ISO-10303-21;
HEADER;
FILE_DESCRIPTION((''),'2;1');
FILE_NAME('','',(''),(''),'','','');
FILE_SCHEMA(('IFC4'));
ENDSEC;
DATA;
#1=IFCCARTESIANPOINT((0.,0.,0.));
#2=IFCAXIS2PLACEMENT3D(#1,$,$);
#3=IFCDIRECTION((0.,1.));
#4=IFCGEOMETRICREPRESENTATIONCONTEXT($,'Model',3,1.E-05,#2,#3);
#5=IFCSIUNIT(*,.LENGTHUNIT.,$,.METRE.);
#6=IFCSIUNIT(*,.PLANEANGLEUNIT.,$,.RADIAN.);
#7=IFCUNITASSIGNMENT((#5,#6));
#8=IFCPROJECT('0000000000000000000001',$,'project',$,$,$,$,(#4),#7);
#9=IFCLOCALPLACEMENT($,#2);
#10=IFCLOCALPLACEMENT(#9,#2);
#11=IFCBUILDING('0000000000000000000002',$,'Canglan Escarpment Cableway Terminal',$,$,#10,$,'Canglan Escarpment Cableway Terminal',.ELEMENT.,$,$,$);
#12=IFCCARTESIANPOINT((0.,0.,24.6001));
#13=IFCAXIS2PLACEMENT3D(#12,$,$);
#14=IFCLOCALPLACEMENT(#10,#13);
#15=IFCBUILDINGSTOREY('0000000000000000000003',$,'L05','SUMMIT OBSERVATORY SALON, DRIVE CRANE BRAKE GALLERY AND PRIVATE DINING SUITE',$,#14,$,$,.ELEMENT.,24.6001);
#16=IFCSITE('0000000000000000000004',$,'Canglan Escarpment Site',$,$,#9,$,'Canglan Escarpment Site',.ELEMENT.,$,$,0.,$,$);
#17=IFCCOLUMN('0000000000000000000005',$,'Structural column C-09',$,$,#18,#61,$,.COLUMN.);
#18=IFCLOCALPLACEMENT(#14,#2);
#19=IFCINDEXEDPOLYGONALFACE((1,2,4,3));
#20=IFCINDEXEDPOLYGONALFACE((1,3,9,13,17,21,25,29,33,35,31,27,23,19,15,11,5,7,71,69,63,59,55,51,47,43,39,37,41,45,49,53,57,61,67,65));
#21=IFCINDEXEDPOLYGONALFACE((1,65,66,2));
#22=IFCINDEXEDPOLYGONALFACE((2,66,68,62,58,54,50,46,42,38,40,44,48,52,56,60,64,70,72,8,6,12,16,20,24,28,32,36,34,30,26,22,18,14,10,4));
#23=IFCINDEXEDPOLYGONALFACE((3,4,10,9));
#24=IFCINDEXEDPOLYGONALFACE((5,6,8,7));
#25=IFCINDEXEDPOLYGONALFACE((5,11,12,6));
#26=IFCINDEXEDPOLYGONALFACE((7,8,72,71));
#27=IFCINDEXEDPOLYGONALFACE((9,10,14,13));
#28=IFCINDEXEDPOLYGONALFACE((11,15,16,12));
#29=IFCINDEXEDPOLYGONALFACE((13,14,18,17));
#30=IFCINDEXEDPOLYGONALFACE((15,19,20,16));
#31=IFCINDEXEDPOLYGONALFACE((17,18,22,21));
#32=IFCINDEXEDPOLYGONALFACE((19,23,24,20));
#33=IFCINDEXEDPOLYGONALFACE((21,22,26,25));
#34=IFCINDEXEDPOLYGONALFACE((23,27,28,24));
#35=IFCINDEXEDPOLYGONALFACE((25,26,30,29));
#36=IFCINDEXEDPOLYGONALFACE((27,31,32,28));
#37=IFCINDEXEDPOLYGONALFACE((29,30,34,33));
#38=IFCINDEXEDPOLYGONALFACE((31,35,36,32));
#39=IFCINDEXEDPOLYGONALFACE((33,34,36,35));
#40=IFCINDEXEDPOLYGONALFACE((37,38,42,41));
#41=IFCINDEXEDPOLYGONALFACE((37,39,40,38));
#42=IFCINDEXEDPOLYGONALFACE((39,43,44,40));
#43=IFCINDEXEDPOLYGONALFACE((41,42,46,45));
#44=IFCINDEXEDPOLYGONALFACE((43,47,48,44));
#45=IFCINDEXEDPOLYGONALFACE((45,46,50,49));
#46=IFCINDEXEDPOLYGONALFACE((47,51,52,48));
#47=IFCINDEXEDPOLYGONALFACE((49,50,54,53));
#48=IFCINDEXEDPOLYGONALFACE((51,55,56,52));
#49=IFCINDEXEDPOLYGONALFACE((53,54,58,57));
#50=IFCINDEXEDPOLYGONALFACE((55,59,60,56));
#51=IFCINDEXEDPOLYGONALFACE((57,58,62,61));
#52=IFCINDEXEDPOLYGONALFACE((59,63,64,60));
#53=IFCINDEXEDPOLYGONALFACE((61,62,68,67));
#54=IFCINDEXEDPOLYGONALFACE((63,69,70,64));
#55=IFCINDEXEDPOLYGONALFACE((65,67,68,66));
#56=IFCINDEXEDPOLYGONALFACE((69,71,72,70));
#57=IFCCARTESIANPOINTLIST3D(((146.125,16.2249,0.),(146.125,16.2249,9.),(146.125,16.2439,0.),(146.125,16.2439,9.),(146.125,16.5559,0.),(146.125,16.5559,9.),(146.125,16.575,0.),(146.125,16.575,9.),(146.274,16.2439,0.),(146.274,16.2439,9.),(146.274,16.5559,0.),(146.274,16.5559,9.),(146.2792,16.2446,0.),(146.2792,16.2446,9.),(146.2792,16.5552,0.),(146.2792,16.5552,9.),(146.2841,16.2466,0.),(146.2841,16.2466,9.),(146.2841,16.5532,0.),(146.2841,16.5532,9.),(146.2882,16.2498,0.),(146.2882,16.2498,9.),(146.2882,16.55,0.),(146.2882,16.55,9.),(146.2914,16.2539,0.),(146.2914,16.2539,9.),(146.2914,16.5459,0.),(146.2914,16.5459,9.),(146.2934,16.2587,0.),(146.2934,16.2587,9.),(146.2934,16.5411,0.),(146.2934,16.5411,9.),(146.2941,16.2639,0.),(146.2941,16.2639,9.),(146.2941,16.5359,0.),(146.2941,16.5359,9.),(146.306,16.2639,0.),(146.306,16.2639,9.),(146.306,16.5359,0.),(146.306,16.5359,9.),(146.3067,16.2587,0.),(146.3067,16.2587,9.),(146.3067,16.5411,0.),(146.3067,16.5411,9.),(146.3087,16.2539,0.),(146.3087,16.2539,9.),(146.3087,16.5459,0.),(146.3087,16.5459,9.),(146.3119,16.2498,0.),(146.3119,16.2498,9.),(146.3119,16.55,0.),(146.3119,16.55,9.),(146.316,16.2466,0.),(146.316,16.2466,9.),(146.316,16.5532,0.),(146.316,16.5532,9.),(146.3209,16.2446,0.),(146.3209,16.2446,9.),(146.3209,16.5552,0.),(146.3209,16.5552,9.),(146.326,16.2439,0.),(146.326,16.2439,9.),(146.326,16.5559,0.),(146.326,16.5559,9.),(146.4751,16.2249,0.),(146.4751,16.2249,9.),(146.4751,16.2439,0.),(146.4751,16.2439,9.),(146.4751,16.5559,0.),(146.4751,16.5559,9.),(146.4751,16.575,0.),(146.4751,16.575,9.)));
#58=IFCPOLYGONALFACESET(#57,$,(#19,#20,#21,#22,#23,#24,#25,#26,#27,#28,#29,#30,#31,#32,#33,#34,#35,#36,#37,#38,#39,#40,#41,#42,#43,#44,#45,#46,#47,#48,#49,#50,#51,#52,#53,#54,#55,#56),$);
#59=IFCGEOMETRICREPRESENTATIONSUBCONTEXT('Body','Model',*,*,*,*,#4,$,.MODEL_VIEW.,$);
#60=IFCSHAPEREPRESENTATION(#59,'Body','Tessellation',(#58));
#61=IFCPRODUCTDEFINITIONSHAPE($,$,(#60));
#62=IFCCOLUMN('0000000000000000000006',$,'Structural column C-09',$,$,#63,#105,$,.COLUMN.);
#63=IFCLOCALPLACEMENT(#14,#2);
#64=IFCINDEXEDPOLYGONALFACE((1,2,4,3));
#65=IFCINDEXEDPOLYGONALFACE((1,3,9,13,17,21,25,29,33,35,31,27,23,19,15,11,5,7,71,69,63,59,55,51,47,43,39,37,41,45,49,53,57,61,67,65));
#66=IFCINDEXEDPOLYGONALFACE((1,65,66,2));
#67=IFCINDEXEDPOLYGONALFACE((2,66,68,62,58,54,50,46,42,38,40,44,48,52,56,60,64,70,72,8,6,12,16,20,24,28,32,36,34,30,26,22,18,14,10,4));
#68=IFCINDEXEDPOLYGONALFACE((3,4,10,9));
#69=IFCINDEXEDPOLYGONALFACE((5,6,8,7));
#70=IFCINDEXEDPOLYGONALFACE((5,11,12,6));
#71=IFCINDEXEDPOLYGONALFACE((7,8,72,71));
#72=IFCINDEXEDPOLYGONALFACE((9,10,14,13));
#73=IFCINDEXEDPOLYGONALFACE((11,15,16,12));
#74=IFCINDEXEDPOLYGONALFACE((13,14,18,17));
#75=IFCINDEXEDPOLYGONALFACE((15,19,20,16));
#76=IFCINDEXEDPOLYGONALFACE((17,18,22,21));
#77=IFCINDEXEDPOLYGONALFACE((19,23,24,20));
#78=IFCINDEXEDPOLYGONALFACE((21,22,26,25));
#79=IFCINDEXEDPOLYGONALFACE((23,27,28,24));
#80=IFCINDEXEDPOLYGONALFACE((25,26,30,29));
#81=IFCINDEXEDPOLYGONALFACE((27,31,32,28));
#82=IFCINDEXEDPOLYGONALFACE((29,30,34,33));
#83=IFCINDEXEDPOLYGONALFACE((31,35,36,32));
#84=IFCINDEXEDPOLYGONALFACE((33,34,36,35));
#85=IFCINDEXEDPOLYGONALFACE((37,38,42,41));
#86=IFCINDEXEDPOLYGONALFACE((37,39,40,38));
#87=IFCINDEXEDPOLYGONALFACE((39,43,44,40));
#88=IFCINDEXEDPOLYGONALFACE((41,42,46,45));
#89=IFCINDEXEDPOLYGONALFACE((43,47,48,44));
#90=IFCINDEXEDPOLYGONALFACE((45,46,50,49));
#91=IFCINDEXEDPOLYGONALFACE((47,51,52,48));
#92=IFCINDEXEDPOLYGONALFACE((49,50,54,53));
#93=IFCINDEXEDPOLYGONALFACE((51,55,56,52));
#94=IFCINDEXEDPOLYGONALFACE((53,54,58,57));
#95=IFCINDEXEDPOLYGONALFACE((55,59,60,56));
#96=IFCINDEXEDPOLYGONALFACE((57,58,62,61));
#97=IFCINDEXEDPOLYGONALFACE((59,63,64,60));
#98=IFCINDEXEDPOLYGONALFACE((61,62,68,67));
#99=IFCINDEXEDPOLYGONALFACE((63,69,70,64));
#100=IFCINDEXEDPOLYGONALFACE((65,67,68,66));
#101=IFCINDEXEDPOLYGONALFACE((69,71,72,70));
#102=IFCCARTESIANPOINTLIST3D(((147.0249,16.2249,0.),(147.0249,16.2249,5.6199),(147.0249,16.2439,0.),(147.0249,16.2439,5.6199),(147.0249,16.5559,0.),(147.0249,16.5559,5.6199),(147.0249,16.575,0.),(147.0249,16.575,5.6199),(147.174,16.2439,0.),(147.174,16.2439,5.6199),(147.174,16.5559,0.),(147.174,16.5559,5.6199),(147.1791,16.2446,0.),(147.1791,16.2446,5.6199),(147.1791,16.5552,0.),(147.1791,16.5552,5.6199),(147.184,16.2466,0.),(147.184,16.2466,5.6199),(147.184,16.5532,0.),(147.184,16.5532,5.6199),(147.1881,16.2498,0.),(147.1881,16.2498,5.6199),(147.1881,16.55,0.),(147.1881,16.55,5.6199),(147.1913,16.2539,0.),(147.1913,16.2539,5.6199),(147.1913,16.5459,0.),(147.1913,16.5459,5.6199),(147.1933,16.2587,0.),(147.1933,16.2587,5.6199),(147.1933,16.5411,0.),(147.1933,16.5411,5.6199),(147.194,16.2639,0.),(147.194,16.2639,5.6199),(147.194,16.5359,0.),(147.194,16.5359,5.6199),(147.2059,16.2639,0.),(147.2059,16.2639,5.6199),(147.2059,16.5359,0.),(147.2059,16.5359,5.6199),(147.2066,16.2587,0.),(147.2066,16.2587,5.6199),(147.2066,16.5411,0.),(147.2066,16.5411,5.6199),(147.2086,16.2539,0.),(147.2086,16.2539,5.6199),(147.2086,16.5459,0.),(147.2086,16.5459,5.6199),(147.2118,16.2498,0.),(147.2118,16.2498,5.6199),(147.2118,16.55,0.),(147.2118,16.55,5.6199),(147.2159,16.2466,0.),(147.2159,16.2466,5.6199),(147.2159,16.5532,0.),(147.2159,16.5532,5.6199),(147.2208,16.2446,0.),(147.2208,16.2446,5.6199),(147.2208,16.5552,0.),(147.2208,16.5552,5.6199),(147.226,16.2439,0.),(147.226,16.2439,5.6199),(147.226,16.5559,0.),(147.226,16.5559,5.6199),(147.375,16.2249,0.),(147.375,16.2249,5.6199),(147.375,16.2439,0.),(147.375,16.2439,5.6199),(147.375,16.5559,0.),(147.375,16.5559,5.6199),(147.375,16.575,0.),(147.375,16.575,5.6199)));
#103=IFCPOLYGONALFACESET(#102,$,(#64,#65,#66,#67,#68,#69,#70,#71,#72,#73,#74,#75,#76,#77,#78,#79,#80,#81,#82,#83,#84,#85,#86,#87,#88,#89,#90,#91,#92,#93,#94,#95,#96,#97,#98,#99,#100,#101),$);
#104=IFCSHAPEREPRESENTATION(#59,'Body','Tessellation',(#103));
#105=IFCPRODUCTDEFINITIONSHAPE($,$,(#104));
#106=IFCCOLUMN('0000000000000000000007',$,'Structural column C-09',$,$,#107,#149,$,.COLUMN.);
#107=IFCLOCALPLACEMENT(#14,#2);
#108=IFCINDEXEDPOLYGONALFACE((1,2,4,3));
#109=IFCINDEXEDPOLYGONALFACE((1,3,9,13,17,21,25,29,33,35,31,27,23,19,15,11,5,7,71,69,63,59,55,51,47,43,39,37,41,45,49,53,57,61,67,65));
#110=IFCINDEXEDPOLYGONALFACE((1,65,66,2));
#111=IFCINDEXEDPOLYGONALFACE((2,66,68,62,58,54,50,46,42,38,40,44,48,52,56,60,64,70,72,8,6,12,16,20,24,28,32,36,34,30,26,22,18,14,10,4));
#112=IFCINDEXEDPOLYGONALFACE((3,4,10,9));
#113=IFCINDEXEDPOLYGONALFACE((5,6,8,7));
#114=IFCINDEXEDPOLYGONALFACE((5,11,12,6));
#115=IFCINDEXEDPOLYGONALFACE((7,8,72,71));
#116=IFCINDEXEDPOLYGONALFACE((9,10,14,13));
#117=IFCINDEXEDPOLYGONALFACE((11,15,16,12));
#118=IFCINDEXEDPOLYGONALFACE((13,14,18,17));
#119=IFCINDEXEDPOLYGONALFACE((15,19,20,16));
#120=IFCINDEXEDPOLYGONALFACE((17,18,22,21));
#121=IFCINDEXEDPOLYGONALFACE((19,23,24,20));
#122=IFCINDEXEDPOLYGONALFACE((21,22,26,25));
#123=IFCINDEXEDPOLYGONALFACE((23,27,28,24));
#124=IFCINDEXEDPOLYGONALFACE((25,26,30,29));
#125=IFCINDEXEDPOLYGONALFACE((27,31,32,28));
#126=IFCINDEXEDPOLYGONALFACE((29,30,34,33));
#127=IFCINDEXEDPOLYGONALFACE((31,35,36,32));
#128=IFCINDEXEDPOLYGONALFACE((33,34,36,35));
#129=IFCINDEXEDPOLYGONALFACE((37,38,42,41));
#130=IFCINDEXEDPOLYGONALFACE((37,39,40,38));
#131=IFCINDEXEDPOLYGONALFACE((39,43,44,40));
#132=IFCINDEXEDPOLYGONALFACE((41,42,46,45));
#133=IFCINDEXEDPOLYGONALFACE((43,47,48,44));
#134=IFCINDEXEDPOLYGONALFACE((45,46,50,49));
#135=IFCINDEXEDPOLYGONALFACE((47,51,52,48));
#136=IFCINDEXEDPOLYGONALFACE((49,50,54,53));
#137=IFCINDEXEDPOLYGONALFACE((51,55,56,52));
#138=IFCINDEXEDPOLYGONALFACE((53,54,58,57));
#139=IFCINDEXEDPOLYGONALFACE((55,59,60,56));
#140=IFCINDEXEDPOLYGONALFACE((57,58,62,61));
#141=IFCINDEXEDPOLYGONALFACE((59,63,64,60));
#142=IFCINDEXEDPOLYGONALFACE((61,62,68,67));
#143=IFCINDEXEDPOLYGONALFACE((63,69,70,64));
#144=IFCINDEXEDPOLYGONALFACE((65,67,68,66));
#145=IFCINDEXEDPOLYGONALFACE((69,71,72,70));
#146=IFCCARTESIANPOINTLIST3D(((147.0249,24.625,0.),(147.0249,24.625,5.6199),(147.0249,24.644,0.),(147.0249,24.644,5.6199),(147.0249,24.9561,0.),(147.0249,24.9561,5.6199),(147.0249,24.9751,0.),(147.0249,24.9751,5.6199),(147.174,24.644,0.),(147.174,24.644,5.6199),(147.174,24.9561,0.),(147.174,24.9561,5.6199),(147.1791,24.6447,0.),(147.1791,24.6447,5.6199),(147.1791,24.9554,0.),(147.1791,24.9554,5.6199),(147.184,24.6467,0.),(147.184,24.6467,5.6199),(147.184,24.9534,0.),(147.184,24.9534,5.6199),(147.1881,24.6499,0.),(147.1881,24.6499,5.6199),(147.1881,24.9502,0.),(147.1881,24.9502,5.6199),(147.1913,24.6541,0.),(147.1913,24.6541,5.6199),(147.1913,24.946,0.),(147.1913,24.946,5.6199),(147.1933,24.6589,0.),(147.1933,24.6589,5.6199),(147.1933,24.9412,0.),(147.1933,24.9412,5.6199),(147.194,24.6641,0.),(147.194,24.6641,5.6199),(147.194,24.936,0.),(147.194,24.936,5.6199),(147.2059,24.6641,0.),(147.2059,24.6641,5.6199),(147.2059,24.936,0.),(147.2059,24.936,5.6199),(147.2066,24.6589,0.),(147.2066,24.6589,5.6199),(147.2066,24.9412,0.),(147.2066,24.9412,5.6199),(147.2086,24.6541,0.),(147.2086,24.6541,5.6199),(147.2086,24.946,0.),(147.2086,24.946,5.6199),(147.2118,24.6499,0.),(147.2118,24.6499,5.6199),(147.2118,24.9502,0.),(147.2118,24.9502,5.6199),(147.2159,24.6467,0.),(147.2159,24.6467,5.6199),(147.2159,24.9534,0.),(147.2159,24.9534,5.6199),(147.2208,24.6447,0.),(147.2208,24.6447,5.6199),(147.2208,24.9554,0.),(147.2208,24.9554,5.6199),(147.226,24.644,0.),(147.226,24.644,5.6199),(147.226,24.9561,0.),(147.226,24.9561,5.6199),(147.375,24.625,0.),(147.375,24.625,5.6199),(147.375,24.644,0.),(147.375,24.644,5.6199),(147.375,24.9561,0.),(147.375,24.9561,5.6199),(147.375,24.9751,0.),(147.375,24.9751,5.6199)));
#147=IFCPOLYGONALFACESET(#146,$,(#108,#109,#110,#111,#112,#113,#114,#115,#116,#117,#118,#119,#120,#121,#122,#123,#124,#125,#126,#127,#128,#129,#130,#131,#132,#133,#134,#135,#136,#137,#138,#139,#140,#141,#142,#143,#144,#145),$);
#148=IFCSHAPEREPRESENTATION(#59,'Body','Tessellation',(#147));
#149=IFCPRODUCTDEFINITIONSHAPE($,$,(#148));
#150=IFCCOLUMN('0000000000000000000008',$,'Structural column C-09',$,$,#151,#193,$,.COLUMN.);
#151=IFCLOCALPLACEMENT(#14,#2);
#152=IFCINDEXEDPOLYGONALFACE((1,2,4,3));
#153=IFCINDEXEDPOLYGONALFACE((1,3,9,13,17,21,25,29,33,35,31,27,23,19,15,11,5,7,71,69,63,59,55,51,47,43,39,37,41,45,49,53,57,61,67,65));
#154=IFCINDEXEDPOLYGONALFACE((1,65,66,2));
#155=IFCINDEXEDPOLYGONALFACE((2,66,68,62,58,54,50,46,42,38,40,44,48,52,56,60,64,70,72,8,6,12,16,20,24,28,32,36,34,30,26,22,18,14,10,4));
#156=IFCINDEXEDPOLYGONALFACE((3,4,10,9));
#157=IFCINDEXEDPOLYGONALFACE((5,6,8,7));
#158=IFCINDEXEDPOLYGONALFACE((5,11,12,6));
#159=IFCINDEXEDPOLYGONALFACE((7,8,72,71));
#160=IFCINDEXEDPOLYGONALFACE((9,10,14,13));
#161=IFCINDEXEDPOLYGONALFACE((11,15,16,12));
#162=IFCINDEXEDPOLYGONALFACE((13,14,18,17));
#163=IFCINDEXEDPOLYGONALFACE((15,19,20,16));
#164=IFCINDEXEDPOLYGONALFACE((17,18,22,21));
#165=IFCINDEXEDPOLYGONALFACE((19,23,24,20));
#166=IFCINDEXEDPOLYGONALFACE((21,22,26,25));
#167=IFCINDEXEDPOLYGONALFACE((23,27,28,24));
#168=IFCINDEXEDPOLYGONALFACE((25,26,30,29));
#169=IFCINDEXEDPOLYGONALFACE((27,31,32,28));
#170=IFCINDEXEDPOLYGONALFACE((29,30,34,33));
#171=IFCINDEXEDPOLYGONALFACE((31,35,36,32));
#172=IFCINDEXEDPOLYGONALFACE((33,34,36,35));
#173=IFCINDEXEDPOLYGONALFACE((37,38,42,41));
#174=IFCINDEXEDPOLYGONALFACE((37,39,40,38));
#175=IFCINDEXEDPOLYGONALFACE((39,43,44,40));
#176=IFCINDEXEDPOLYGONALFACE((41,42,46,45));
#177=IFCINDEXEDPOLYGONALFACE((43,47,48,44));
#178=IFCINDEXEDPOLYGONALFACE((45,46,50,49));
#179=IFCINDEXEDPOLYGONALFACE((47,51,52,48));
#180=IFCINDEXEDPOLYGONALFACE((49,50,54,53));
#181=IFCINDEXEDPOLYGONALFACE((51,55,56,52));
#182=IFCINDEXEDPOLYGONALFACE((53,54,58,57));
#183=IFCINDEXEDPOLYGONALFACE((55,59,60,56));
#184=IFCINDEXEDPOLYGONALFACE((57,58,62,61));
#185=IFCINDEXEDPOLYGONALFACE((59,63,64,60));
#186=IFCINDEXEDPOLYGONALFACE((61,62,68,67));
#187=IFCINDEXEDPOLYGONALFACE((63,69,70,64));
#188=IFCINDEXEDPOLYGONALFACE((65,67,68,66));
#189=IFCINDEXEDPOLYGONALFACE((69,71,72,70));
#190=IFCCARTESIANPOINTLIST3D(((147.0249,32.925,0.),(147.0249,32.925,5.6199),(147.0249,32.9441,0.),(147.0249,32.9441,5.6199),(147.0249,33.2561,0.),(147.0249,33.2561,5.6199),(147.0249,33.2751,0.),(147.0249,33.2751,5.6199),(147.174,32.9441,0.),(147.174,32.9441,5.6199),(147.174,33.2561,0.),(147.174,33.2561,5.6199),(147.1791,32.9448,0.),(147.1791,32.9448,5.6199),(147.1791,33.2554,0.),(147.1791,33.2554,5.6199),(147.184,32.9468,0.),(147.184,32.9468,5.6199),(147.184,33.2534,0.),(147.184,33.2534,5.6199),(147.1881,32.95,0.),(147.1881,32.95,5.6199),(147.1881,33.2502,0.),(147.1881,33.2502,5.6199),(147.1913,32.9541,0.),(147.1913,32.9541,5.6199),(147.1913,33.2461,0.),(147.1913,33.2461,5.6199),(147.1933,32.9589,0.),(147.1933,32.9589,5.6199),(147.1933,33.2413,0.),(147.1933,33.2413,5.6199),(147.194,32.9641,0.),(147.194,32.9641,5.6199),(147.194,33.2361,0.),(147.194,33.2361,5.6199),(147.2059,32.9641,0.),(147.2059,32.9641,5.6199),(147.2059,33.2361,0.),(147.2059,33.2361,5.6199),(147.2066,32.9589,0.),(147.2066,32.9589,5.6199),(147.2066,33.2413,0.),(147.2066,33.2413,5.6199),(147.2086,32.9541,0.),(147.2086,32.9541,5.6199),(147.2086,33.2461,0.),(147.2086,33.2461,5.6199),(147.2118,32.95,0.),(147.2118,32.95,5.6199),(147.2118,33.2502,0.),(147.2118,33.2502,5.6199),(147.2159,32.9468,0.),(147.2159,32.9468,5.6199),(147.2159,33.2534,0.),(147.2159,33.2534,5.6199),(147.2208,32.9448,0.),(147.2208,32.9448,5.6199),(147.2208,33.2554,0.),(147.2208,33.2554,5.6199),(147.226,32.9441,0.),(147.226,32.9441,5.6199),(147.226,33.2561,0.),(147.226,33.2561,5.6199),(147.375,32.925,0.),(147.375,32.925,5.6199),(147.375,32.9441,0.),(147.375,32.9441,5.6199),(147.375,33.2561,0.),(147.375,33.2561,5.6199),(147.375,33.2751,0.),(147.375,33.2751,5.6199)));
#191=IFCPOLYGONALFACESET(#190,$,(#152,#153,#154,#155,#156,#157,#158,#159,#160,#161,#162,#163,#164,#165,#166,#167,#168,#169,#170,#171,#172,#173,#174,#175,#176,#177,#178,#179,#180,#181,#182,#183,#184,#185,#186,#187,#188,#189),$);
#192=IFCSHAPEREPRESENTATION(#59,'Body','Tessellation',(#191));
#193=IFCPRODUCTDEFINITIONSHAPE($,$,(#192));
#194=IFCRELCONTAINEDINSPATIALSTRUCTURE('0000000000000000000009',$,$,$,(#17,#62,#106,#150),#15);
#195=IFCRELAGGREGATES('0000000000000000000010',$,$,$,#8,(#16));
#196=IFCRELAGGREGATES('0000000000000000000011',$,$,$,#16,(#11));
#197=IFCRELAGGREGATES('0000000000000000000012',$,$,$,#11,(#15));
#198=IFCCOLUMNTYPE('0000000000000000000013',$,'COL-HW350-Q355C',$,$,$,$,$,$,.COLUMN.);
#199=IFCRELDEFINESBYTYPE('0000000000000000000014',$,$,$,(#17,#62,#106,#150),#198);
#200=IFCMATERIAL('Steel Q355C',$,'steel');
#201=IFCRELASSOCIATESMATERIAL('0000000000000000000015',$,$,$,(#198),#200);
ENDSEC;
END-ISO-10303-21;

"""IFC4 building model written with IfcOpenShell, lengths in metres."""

from ifc_helpers import new_model, si_unit, direction, frame, origin, origin_2d, place, context, subcontext, project, spatial, i_section, extrude, material, material_profile, profile_set, type_object, element, save


model = new_model("IFC4")

# Units and contexts
model_context = context("Model", 3, precision=1e-05, world=origin(), true_north=direction((0.0, 1.0)))
body_context = subcontext(model_context, "Body", "Model", "MODEL_VIEW")
ifc_project = project(units=[si_unit("LENGTHUNIT", "METRE"), si_unit("PLANEANGLEUNIT", "RADIAN")], contexts=[model_context])

# Site, building, storey
site_placement = place(None, origin())
site = spatial("IfcSite", under=ifc_project, at=site_placement, Name="Canglan Escarpment Site", LongName="Canglan Escarpment Site", CompositionType="ELEMENT", RefElevation=0.0)
building_placement = place(site_placement, origin())
building = spatial("IfcBuilding", under=site, at=building_placement, Name="Canglan Escarpment Cableway Terminal", LongName="Canglan Escarpment Cableway Terminal", CompositionType="ELEMENT")
storey_placement = place(building_placement, frame((0.0, 0.0, 24.6001)))
storey = spatial("IfcBuildingStorey", under=building, at=storey_placement, Name="L05", Description="SUMMIT OBSERVATORY SALON, DRIVE CRANE BRAKE GALLERY AND PRIVATE DINING SUITE", CompositionType="ELEMENT", Elevation=24.6001)

# Columns
ifc_material_1 = material(Name="Steel Q355C", Category="steel")
ifc_material_profile_1 = material_profile(ifc_material_1, i_section(OverallWidth=0.3501, OverallDepth=0.3501, WebThickness=0.012, FlangeThickness=0.019, FilletRadius=0.02, at=origin_2d()), Name="HW 350x350x12x19")
ifc_profile_set_1 = profile_set([ifc_material_profile_1], Name="Steel Q355C")
column_type = type_object("IfcColumnType", Name="COL-HW350-Q355C", PredefinedType="COLUMN", material=ifc_profile_set_1)
column_placement = place(storey_placement, frame((146.3, 16.3999, 0.0), z_axis=(0.0, 0.0, 1.0), x_axis=(1.0, 0.0, 0.0)))
element("IfcColumn", 1, at=column_placement, inside=storey, type_object=column_type, Name="Structural column C-09", PredefinedType="COLUMN", context=body_context, shape_type="SweptSolid", body=[
    extrude(i_section(OverallWidth=0.3501, OverallDepth=0.3501, WebThickness=0.012, FlangeThickness=0.019, FilletRadius=0.02, at=origin_2d()), origin(), (0.0, 0.0, 1.0), 9.0),
])
for number, where, z_axis, x_axis, name in (
    (2, (147.2, 16.3999, 0.0), (0.0, 0.0, 1.0), (1.0, 0.0, 0.0), "Structural column C-09"),
    (3, (147.2, 24.8, 0.0), (0.0, 0.0, 1.0), (1.0, 0.0, 0.0), "Structural column C-09"),
    (4, (147.2, 33.1001, 0.0), (0.0, 0.0, 1.0), (1.0, 0.0, 0.0), "Structural column C-09"),
):
    element("IfcColumn", number, at=place(storey_placement, frame(where, z_axis=z_axis, x_axis=x_axis)), inside=storey, type_object=column_type, Name=name, PredefinedType="COLUMN", context=body_context, shape_type="SweptSolid", body=[
        extrude(i_section(OverallWidth=0.3501, OverallDepth=0.3501, WebThickness=0.012, FlangeThickness=0.019, FilletRadius=0.02, at=origin_2d()), origin(), (0.0, 0.0, 1.0), 5.6199),
    ])

save(model, "model.ifc")
